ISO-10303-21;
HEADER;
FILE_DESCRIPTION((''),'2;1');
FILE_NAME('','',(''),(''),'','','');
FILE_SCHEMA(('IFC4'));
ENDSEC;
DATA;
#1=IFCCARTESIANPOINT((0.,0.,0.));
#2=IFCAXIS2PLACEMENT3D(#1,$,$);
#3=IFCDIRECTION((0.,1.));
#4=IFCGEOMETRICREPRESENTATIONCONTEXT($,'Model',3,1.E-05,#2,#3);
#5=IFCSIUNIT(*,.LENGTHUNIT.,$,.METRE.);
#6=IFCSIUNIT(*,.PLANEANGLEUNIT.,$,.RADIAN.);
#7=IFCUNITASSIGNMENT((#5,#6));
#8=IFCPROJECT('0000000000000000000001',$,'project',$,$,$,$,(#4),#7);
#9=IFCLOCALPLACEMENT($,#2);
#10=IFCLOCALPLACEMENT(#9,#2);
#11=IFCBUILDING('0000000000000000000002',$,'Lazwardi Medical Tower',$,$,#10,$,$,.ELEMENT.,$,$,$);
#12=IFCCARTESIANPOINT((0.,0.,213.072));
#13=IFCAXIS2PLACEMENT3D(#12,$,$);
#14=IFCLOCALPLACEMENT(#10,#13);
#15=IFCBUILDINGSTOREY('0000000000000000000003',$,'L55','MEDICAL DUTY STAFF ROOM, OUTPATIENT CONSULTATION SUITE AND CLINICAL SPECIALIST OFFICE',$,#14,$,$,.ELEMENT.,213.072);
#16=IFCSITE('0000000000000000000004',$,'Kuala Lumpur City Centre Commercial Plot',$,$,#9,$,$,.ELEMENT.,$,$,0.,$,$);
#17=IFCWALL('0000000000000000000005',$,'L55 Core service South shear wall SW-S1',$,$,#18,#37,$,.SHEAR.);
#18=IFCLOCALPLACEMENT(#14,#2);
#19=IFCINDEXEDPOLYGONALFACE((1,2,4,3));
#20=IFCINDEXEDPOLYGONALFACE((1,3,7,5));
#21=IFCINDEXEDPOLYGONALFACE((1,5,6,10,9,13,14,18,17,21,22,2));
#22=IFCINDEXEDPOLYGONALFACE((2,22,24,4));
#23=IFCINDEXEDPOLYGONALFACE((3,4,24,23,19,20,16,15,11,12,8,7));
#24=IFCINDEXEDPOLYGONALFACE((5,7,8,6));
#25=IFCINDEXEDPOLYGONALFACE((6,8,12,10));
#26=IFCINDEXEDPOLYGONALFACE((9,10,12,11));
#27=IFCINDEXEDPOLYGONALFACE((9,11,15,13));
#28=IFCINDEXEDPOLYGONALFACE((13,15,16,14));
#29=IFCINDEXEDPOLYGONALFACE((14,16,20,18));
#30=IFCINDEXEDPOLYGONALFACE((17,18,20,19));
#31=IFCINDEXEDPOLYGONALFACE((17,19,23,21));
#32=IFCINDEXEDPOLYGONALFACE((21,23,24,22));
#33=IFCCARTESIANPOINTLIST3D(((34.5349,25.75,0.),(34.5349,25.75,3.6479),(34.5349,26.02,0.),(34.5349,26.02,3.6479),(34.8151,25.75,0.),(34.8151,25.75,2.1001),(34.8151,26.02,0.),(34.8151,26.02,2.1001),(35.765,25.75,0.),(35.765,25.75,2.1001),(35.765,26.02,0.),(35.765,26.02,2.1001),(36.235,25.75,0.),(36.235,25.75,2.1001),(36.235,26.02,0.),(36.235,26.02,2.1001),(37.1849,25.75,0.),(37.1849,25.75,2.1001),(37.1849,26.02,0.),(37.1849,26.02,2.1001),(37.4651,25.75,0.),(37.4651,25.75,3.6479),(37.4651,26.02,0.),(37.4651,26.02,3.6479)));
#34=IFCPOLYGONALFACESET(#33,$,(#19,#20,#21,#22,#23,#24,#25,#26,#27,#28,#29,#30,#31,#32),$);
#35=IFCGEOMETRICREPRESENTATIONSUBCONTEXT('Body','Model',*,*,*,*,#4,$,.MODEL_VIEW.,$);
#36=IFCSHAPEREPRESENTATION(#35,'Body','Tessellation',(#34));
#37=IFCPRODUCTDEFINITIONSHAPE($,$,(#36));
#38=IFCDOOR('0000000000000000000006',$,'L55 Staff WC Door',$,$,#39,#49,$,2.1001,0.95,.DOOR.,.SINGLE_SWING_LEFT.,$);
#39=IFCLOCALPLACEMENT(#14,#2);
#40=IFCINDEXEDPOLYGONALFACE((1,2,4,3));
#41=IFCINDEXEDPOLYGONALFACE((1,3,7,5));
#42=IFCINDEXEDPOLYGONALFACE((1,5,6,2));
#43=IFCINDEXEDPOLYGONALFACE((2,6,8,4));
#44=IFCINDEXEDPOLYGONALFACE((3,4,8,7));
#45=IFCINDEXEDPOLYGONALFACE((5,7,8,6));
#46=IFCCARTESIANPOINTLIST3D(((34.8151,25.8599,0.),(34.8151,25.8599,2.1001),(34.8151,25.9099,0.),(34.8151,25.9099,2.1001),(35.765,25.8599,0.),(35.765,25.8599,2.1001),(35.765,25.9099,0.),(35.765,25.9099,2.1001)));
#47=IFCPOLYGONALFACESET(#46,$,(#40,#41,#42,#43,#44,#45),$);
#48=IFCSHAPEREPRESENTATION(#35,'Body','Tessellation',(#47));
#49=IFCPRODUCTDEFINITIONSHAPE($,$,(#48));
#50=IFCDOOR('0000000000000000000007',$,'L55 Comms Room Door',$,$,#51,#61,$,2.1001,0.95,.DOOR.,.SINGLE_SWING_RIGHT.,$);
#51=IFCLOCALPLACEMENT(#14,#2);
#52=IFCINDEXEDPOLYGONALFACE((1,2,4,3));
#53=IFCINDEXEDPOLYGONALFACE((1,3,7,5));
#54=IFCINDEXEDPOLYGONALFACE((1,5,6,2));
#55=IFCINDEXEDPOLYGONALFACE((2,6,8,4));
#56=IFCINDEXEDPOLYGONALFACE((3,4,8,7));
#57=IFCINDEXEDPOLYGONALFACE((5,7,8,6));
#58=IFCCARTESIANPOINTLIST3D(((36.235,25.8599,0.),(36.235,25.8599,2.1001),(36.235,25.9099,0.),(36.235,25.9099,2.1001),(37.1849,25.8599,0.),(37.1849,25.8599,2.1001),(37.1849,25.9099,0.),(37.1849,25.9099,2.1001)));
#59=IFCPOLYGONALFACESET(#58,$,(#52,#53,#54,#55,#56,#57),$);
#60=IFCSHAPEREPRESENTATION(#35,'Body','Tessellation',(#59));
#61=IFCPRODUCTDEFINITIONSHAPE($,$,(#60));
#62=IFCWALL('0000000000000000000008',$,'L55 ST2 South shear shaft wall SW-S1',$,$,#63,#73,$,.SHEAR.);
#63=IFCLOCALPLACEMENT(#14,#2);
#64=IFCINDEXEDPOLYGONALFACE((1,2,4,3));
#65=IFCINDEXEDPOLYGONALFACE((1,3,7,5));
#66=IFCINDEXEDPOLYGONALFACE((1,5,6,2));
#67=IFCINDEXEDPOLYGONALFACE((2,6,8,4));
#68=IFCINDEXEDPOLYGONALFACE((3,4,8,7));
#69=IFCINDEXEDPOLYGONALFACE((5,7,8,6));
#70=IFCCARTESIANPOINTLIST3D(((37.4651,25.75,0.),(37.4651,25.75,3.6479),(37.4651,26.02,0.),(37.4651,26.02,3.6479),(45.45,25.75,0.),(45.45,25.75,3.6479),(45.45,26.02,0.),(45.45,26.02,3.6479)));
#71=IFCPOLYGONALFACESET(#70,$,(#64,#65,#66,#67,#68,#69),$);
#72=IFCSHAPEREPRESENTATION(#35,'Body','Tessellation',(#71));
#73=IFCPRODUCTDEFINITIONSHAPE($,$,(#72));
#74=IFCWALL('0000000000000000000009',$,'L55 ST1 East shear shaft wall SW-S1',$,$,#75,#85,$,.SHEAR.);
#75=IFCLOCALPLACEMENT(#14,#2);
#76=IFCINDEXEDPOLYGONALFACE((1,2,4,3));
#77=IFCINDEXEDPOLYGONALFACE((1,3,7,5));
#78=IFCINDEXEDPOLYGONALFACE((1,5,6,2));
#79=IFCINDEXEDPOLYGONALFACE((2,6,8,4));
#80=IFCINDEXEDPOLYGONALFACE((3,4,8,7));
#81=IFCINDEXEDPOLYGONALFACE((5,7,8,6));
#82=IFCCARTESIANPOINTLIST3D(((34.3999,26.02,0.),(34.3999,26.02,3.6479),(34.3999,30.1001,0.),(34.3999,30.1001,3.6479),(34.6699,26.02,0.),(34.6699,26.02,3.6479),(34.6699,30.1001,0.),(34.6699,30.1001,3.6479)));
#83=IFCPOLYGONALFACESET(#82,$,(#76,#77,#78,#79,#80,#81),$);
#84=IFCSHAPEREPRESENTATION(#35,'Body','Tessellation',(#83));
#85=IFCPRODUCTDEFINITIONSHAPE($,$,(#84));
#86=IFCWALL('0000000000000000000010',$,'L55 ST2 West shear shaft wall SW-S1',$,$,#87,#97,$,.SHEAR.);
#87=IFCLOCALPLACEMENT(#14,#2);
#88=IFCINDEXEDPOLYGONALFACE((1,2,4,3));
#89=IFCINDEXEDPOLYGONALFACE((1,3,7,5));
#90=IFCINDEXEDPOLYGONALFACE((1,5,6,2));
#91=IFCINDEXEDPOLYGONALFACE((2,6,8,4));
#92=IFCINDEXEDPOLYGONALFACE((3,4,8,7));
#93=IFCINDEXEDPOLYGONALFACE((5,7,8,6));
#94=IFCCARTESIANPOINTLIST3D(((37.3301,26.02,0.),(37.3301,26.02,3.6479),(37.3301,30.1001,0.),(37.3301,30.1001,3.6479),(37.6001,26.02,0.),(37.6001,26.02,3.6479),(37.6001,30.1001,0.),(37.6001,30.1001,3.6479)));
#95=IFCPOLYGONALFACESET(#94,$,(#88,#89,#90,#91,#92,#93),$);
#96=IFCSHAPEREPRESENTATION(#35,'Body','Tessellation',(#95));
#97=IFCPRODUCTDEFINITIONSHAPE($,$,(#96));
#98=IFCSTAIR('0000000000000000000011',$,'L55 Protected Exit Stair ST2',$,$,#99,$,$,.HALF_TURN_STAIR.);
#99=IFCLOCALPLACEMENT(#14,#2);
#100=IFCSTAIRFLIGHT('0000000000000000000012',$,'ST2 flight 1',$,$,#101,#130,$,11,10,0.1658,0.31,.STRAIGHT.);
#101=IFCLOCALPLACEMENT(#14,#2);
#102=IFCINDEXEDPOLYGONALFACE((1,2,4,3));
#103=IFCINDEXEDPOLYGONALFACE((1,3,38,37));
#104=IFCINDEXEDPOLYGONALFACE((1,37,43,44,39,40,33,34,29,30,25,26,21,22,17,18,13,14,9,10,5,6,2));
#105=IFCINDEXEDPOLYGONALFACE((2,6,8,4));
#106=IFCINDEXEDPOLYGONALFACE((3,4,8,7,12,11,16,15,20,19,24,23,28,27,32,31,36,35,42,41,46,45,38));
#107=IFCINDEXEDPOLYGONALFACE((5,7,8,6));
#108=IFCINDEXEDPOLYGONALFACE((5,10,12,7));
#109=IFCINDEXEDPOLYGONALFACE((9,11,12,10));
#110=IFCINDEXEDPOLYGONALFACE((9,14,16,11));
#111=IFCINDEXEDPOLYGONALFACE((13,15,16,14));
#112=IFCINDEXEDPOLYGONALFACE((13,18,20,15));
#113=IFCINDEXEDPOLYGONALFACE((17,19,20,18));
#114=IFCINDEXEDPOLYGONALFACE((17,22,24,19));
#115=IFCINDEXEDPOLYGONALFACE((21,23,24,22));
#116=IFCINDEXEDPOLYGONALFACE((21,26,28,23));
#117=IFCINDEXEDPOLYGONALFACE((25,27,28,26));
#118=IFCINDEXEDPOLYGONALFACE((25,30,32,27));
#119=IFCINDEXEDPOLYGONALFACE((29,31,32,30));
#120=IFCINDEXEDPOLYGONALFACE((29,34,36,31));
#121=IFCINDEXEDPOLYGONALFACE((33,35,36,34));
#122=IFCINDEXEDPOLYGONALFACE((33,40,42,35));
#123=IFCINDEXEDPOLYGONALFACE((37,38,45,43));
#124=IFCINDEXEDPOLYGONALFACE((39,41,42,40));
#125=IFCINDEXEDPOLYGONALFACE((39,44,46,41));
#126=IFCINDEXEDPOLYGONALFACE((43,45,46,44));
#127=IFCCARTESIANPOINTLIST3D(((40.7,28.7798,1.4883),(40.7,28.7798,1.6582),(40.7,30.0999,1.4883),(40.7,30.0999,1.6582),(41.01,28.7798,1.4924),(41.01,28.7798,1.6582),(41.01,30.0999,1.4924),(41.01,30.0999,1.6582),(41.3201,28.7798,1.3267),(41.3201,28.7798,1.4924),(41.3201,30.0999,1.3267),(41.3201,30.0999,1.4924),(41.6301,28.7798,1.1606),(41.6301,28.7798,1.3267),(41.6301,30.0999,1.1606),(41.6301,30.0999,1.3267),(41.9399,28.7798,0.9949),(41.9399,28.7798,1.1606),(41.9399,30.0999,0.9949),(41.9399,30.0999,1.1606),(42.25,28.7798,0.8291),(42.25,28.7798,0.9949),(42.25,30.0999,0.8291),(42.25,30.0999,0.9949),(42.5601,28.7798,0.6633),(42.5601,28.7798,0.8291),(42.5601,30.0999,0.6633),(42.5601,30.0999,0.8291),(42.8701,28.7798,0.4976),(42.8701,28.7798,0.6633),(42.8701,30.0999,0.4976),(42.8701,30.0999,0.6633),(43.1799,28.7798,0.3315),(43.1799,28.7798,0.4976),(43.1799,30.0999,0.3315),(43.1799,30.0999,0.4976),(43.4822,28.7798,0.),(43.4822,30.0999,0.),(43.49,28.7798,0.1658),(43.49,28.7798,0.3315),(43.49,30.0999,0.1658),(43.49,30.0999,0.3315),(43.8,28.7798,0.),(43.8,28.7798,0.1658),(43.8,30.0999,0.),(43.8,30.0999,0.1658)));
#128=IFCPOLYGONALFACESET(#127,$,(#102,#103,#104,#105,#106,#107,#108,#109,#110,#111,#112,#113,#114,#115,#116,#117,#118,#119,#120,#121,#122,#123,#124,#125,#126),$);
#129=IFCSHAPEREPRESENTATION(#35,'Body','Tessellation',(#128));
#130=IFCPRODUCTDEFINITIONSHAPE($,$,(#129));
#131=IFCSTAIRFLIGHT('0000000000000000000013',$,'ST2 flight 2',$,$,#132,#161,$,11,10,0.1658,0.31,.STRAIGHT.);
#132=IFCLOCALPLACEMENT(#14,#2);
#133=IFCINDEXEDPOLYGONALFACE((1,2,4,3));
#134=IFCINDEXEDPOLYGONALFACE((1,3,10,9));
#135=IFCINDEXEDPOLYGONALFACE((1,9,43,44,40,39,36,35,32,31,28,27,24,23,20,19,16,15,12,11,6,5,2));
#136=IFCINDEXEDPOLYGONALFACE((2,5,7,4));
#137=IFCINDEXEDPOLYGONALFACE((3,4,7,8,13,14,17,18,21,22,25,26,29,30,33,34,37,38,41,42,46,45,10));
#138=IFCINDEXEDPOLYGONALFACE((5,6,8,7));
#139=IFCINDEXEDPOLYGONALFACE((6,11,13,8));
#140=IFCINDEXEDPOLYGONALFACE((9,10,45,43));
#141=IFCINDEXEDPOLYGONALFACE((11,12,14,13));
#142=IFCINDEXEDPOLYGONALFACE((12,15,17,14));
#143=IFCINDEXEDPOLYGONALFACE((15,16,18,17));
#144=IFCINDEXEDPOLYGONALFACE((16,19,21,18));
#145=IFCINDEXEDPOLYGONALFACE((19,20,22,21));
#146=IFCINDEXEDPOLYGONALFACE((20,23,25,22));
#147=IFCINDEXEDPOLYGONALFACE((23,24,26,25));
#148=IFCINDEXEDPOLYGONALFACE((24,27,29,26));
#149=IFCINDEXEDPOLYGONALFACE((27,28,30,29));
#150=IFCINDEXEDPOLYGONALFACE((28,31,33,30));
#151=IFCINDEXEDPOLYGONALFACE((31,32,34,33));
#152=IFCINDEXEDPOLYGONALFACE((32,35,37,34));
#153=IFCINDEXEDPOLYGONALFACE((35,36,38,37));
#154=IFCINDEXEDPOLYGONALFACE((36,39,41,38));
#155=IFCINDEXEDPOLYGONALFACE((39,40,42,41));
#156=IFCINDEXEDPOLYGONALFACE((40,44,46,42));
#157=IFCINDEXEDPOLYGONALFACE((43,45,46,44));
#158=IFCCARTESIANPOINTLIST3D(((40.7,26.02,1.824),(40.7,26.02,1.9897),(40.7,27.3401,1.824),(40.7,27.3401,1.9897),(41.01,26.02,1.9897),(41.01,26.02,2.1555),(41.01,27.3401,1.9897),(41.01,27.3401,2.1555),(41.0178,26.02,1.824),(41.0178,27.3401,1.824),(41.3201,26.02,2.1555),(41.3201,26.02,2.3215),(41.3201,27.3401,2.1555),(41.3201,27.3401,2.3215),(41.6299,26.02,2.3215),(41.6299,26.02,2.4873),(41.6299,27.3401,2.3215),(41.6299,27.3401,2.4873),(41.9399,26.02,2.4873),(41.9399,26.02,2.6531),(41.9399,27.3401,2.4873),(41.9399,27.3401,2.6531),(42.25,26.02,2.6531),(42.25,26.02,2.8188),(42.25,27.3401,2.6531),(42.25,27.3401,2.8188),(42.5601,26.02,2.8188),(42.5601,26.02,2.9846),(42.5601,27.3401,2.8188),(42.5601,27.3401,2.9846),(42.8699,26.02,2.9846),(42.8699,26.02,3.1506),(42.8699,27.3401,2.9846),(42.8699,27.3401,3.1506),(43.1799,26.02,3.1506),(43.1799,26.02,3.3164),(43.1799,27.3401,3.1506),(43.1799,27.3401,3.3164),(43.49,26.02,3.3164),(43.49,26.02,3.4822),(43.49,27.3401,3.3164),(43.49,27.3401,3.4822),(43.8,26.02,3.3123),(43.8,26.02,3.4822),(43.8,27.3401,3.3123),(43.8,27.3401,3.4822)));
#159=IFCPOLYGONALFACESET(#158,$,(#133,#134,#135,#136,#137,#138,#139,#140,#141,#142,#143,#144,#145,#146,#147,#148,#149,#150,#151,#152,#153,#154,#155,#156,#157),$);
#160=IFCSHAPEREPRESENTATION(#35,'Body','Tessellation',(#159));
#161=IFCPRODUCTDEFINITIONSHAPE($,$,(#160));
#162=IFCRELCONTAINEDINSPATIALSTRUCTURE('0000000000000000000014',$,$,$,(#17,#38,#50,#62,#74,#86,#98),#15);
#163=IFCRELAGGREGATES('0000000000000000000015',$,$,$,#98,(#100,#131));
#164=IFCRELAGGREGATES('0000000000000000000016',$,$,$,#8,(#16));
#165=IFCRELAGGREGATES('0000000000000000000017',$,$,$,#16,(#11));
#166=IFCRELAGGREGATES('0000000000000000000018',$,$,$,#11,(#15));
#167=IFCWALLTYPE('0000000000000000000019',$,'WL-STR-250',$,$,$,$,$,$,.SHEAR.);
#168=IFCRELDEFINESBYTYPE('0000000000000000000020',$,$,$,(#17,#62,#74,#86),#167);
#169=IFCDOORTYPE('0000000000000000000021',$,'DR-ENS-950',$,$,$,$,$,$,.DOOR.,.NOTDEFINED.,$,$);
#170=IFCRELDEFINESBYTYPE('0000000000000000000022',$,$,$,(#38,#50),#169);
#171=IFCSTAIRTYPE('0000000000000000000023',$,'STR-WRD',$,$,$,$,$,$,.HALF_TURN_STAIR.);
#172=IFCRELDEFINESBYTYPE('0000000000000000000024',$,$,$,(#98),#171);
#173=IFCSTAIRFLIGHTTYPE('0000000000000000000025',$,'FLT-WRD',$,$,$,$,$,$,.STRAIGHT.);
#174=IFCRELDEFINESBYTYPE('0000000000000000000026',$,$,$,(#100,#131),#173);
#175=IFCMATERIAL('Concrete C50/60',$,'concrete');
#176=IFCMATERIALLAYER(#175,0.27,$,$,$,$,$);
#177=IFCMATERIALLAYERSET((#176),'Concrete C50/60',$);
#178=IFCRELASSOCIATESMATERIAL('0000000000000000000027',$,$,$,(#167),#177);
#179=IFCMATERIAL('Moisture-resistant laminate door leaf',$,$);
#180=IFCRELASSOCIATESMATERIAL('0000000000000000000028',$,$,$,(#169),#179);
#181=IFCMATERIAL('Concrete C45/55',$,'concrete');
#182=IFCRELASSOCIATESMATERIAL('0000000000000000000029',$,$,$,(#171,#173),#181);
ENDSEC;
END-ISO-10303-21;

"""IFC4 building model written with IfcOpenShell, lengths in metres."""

from ifc_helpers import new_model, si_unit, direction, frame, frame_2d, origin, place, context, subcontext, project, spatial, polyline, rectangle, outline, extrude, material, layer, layer_set, type_object, element, fill, aggregate, save


model = new_model("IFC4")

# Units and contexts
model_context = context("Model", 3, precision=1e-05, world=origin(), true_north=direction((0.0, 1.0)))
body_context = subcontext(model_context, "Body", "Model", "MODEL_VIEW")
ifc_project = project(units=[si_unit("LENGTHUNIT", "METRE"), si_unit("PLANEANGLEUNIT", "RADIAN")], contexts=[model_context])

# Site, building, storey
site_placement = place(None, origin())
site = spatial("IfcSite", under=ifc_project, at=site_placement, Name="Kuala Lumpur City Centre Commercial Plot", CompositionType="ELEMENT", RefElevation=0.0)
building_placement = place(site_placement, origin())
building = spatial("IfcBuilding", under=site, at=building_placement, Name="Lazwardi Medical Tower", CompositionType="ELEMENT")
storey_placement = place(building_placement, frame((0.0, 0.0, 213.072)))
storey = spatial("IfcBuildingStorey", under=building, at=storey_placement, Name="L55", Description="MEDICAL DUTY STAFF ROOM, OUTPATIENT CONSULTATION SUITE AND CLINICAL SPECIALIST OFFICE", CompositionType="ELEMENT", Elevation=213.072)

# Wall, openings, doors
ifc_material_1 = material(Name="Concrete C50/60", Category="concrete")
ifc_layer_1 = layer(ifc_material_1, 0.27)
ifc_layer_set_1 = layer_set([ifc_layer_1], Name="Concrete C50/60")
wall_type_1 = type_object("IfcWallType", Name="WL-STR-250", PredefinedType="SHEAR", material=ifc_layer_set_1)
wall_1_placement = place(storey_placement, frame((34.5349, 25.885, 0.0), z_axis=(0.0, 0.0, 1.0), x_axis=(1.0, 0.0, 0.0)))
wall_1 = element("IfcWall", 1, at=wall_1_placement, inside=storey, type_object=wall_type_1, Name="L55 Core service South shear wall SW-S1", PredefinedType="SHEAR", context=body_context, shape_type="SweptSolid", body=[
    extrude(rectangle(XDim=2.9302, YDim=0.27, at=frame_2d((1.4651, 0.0))), origin(), (0.0, 0.0, 1.0), 3.6479),
])
opening_1_placement = place(wall_1_placement, frame((0.28, 0.0, 0.0)))
opening_1 = element("IfcOpeningElement", 2, at=opening_1_placement, cuts=wall_1, PredefinedType="OPENING", context=body_context, shape_type="SweptSolid", body=[
    extrude(rectangle(XDim=0.95, YDim=2.1001, at=frame_2d((0.4751, 1.05))), frame((0.0, 0.145, 0.0), z_axis=(0.0, -1.0, 0.0), x_axis=(1.0, 0.0, 0.0)), (0.0, 0.0, 1.0), 0.29),
])
opening_2_placement = place(wall_1_placement, frame((1.7, 0.0, 0.0)))
opening_2 = element("IfcOpeningElement", 3, at=opening_2_placement, cuts=wall_1, PredefinedType="OPENING", context=body_context, shape_type="SweptSolid", body=[
    extrude(rectangle(XDim=0.95, YDim=2.1001, at=frame_2d((0.4751, 1.05))), frame((0.0, 0.145, 0.0), z_axis=(0.0, -1.0, 0.0), x_axis=(1.0, 0.0, 0.0)), (0.0, 0.0, 1.0), 0.29),
])
ifc_material_2 = material(Name="Moisture-resistant laminate door leaf")
door_type_1 = type_object("IfcDoorType", Name="DR-ENS-950", OperationType="NOTDEFINED", PredefinedType="DOOR", material=ifc_material_2)
door_1_placement = place(opening_1_placement, origin())
door_1 = element("IfcDoor", 4, at=door_1_placement, inside=storey, type_object=door_type_1, Name="L55 Staff WC Door", OperationType="SINGLE_SWING_LEFT", OverallHeight=2.1001, OverallWidth=0.95, PredefinedType="DOOR", context=body_context, shape_type="SweptSolid", body=[
    extrude(rectangle(XDim=0.95, YDim=2.1001, at=frame_2d((0.4751, 1.05))), frame((0.0, 0.0249, 0.0), z_axis=(0.0, -1.0, 0.0), x_axis=(1.0, 0.0, 0.0)), (0.0, 0.0, 1.0), 0.05),
])
fill(opening_1, door_1)
door_2_placement = place(opening_2_placement, origin())
door_2 = element("IfcDoor", 5, at=door_2_placement, inside=storey, type_object=door_type_1, Name="L55 Comms Room Door", OperationType="SINGLE_SWING_RIGHT", OverallHeight=2.1001, OverallWidth=0.95, PredefinedType="DOOR", context=body_context, shape_type="SweptSolid", body=[
    extrude(rectangle(XDim=0.95, YDim=2.1001, at=frame_2d((0.4751, 1.05))), frame((0.0, 0.0249, 0.0), z_axis=(0.0, -1.0, 0.0), x_axis=(1.0, 0.0, 0.0)), (0.0, 0.0, 1.0), 0.05),
])
fill(opening_2, door_2)

# Walls
wall_2_placement = place(storey_placement, frame((37.4651, 25.885, 0.0), z_axis=(0.0, 0.0, 1.0), x_axis=(1.0, 0.0, 0.0)))
element("IfcWall", 6, at=wall_2_placement, inside=storey, type_object=wall_type_1, Name="L55 ST2 South shear shaft wall SW-S1", PredefinedType="SHEAR", context=body_context, shape_type="SweptSolid", body=[
    extrude(rectangle(XDim=7.9849, YDim=0.27, at=frame_2d((3.9924, 0.0))), origin(), (0.0, 0.0, 1.0), 3.6479),
])
for number, where, z_axis, x_axis, name in (
    (7, (34.5349, 26.02, 0.0), (0.0, 0.0, 1.0), (0.0, 1.0, 0.0), "L55 ST1 East shear shaft wall SW-S1"),
    (8, (37.4651, 26.02, 0.0), (0.0, 0.0, 1.0), (0.0, 1.0, 0.0), "L55 ST2 West shear shaft wall SW-S1"),
):
    element("IfcWall", number, at=place(storey_placement, frame(where, z_axis=z_axis, x_axis=x_axis)), inside=storey, type_object=wall_type_1, Name=name, PredefinedType="SHEAR", context=body_context, shape_type="SweptSolid", body=[
        extrude(rectangle(XDim=4.0801, YDim=0.27, at=frame_2d((2.04, 0.0))), origin(), (0.0, 0.0, 1.0), 3.6479),
    ])

# Stair, stair flights
ifc_material_3 = material(Name="Concrete C45/55", Category="concrete")
stair_type = type_object("IfcStairType", Name="STR-WRD", PredefinedType="HALF_TURN_STAIR", material=ifc_material_3)
stair_placement = place(storey_placement, origin())
stair = element("IfcStair", 9, at=stair_placement, inside=storey, type_object=stair_type, Name="L55 Protected Exit Stair ST2", PredefinedType="HALF_TURN_STAIR")
stair_flight_type = type_object("IfcStairFlightType", Name="FLT-WRD", PredefinedType="STRAIGHT", material=ifc_material_3)
stair_flight_1_placement = place(storey_placement, frame((43.8, 29.4399, 0.0), z_axis=(0.0, 0.0, 1.0), x_axis=(-1.0, 0.0, 0.0)))
stair_flight_1 = element("IfcStairFlight", 10, at=stair_flight_1_placement, type_object=stair_flight_type, Name="ST2 flight 1", NumberOfRisers=11, NumberOfTreads=10, PredefinedType="STRAIGHT", RiserHeight=0.1658, TreadLength=0.31, context=body_context, shape_type="SweptSolid", body=[
    extrude(outline(polyline([(0.0, 0.0), (0.0, 0.1658), (0.3101, 0.1658), (0.3101, 0.3315), (0.6201, 0.3315), (0.6201, 0.4976), (0.9299, 0.4976), (0.9299, 0.6633), (1.24, 0.6633), (1.24, 0.8291), (1.55, 0.8291), (1.55, 0.9949), (1.8601, 0.9949), (1.8601, 1.1606), (2.1699, 1.1606), (2.1699, 1.3267), (2.48, 1.3267), (2.48, 1.4924), (2.79, 1.4924), (2.79, 1.6582), (3.1001, 1.6582), (3.1001, 1.824), (3.1001, 1.4883), (0.3179, 0.0), (0.0, 0.0)])), frame((0.0, 0.6602, 0.0), z_axis=(0.0, -1.0, 0.0), x_axis=(1.0, 0.0, 0.0)), (0.0, 0.0, 1.0), 1.3201),
])
stair_flight_2_placement = place(storey_placement, frame((40.7, 26.6799, 1.824), z_axis=(0.0, 0.0, 1.0), x_axis=(1.0, 0.0, 0.0)))
stair_flight_2 = element("IfcStairFlight", 11, at=stair_flight_2_placement, type_object=stair_flight_type, Name="ST2 flight 2", NumberOfRisers=11, NumberOfTreads=10, PredefinedType="STRAIGHT", RiserHeight=0.1658, TreadLength=0.31, context=body_context, shape_type="SweptSolid", body=[
    extrude(outline(polyline([(0.0, 0.0), (0.0, 0.1658), (0.3101, 0.1658), (0.3101, 0.3315), (0.6201, 0.3315), (0.6201, 0.4976), (0.9299, 0.4976), (0.9299, 0.6633), (1.24, 0.6633), (1.24, 0.8291), (1.55, 0.8291), (1.55, 0.9949), (1.8601, 0.9949), (1.8601, 1.1606), (2.1699, 1.1606), (2.1699, 1.3267), (2.48, 1.3267), (2.48, 1.4924), (2.79, 1.4924), (2.79, 1.6582), (3.1001, 1.6582), (3.1001, 1.824), (3.1001, 1.4883), (0.3179, 0.0), (0.0, 0.0)])), frame((0.0, 0.6602, 0.0), z_axis=(0.0, -1.0, 0.0), x_axis=(1.0, 0.0, 0.0)), (0.0, 0.0, 1.0), 1.3201),
])
aggregate(stair, [stair_flight_1, stair_flight_2])

save(model, "model.ifc")
